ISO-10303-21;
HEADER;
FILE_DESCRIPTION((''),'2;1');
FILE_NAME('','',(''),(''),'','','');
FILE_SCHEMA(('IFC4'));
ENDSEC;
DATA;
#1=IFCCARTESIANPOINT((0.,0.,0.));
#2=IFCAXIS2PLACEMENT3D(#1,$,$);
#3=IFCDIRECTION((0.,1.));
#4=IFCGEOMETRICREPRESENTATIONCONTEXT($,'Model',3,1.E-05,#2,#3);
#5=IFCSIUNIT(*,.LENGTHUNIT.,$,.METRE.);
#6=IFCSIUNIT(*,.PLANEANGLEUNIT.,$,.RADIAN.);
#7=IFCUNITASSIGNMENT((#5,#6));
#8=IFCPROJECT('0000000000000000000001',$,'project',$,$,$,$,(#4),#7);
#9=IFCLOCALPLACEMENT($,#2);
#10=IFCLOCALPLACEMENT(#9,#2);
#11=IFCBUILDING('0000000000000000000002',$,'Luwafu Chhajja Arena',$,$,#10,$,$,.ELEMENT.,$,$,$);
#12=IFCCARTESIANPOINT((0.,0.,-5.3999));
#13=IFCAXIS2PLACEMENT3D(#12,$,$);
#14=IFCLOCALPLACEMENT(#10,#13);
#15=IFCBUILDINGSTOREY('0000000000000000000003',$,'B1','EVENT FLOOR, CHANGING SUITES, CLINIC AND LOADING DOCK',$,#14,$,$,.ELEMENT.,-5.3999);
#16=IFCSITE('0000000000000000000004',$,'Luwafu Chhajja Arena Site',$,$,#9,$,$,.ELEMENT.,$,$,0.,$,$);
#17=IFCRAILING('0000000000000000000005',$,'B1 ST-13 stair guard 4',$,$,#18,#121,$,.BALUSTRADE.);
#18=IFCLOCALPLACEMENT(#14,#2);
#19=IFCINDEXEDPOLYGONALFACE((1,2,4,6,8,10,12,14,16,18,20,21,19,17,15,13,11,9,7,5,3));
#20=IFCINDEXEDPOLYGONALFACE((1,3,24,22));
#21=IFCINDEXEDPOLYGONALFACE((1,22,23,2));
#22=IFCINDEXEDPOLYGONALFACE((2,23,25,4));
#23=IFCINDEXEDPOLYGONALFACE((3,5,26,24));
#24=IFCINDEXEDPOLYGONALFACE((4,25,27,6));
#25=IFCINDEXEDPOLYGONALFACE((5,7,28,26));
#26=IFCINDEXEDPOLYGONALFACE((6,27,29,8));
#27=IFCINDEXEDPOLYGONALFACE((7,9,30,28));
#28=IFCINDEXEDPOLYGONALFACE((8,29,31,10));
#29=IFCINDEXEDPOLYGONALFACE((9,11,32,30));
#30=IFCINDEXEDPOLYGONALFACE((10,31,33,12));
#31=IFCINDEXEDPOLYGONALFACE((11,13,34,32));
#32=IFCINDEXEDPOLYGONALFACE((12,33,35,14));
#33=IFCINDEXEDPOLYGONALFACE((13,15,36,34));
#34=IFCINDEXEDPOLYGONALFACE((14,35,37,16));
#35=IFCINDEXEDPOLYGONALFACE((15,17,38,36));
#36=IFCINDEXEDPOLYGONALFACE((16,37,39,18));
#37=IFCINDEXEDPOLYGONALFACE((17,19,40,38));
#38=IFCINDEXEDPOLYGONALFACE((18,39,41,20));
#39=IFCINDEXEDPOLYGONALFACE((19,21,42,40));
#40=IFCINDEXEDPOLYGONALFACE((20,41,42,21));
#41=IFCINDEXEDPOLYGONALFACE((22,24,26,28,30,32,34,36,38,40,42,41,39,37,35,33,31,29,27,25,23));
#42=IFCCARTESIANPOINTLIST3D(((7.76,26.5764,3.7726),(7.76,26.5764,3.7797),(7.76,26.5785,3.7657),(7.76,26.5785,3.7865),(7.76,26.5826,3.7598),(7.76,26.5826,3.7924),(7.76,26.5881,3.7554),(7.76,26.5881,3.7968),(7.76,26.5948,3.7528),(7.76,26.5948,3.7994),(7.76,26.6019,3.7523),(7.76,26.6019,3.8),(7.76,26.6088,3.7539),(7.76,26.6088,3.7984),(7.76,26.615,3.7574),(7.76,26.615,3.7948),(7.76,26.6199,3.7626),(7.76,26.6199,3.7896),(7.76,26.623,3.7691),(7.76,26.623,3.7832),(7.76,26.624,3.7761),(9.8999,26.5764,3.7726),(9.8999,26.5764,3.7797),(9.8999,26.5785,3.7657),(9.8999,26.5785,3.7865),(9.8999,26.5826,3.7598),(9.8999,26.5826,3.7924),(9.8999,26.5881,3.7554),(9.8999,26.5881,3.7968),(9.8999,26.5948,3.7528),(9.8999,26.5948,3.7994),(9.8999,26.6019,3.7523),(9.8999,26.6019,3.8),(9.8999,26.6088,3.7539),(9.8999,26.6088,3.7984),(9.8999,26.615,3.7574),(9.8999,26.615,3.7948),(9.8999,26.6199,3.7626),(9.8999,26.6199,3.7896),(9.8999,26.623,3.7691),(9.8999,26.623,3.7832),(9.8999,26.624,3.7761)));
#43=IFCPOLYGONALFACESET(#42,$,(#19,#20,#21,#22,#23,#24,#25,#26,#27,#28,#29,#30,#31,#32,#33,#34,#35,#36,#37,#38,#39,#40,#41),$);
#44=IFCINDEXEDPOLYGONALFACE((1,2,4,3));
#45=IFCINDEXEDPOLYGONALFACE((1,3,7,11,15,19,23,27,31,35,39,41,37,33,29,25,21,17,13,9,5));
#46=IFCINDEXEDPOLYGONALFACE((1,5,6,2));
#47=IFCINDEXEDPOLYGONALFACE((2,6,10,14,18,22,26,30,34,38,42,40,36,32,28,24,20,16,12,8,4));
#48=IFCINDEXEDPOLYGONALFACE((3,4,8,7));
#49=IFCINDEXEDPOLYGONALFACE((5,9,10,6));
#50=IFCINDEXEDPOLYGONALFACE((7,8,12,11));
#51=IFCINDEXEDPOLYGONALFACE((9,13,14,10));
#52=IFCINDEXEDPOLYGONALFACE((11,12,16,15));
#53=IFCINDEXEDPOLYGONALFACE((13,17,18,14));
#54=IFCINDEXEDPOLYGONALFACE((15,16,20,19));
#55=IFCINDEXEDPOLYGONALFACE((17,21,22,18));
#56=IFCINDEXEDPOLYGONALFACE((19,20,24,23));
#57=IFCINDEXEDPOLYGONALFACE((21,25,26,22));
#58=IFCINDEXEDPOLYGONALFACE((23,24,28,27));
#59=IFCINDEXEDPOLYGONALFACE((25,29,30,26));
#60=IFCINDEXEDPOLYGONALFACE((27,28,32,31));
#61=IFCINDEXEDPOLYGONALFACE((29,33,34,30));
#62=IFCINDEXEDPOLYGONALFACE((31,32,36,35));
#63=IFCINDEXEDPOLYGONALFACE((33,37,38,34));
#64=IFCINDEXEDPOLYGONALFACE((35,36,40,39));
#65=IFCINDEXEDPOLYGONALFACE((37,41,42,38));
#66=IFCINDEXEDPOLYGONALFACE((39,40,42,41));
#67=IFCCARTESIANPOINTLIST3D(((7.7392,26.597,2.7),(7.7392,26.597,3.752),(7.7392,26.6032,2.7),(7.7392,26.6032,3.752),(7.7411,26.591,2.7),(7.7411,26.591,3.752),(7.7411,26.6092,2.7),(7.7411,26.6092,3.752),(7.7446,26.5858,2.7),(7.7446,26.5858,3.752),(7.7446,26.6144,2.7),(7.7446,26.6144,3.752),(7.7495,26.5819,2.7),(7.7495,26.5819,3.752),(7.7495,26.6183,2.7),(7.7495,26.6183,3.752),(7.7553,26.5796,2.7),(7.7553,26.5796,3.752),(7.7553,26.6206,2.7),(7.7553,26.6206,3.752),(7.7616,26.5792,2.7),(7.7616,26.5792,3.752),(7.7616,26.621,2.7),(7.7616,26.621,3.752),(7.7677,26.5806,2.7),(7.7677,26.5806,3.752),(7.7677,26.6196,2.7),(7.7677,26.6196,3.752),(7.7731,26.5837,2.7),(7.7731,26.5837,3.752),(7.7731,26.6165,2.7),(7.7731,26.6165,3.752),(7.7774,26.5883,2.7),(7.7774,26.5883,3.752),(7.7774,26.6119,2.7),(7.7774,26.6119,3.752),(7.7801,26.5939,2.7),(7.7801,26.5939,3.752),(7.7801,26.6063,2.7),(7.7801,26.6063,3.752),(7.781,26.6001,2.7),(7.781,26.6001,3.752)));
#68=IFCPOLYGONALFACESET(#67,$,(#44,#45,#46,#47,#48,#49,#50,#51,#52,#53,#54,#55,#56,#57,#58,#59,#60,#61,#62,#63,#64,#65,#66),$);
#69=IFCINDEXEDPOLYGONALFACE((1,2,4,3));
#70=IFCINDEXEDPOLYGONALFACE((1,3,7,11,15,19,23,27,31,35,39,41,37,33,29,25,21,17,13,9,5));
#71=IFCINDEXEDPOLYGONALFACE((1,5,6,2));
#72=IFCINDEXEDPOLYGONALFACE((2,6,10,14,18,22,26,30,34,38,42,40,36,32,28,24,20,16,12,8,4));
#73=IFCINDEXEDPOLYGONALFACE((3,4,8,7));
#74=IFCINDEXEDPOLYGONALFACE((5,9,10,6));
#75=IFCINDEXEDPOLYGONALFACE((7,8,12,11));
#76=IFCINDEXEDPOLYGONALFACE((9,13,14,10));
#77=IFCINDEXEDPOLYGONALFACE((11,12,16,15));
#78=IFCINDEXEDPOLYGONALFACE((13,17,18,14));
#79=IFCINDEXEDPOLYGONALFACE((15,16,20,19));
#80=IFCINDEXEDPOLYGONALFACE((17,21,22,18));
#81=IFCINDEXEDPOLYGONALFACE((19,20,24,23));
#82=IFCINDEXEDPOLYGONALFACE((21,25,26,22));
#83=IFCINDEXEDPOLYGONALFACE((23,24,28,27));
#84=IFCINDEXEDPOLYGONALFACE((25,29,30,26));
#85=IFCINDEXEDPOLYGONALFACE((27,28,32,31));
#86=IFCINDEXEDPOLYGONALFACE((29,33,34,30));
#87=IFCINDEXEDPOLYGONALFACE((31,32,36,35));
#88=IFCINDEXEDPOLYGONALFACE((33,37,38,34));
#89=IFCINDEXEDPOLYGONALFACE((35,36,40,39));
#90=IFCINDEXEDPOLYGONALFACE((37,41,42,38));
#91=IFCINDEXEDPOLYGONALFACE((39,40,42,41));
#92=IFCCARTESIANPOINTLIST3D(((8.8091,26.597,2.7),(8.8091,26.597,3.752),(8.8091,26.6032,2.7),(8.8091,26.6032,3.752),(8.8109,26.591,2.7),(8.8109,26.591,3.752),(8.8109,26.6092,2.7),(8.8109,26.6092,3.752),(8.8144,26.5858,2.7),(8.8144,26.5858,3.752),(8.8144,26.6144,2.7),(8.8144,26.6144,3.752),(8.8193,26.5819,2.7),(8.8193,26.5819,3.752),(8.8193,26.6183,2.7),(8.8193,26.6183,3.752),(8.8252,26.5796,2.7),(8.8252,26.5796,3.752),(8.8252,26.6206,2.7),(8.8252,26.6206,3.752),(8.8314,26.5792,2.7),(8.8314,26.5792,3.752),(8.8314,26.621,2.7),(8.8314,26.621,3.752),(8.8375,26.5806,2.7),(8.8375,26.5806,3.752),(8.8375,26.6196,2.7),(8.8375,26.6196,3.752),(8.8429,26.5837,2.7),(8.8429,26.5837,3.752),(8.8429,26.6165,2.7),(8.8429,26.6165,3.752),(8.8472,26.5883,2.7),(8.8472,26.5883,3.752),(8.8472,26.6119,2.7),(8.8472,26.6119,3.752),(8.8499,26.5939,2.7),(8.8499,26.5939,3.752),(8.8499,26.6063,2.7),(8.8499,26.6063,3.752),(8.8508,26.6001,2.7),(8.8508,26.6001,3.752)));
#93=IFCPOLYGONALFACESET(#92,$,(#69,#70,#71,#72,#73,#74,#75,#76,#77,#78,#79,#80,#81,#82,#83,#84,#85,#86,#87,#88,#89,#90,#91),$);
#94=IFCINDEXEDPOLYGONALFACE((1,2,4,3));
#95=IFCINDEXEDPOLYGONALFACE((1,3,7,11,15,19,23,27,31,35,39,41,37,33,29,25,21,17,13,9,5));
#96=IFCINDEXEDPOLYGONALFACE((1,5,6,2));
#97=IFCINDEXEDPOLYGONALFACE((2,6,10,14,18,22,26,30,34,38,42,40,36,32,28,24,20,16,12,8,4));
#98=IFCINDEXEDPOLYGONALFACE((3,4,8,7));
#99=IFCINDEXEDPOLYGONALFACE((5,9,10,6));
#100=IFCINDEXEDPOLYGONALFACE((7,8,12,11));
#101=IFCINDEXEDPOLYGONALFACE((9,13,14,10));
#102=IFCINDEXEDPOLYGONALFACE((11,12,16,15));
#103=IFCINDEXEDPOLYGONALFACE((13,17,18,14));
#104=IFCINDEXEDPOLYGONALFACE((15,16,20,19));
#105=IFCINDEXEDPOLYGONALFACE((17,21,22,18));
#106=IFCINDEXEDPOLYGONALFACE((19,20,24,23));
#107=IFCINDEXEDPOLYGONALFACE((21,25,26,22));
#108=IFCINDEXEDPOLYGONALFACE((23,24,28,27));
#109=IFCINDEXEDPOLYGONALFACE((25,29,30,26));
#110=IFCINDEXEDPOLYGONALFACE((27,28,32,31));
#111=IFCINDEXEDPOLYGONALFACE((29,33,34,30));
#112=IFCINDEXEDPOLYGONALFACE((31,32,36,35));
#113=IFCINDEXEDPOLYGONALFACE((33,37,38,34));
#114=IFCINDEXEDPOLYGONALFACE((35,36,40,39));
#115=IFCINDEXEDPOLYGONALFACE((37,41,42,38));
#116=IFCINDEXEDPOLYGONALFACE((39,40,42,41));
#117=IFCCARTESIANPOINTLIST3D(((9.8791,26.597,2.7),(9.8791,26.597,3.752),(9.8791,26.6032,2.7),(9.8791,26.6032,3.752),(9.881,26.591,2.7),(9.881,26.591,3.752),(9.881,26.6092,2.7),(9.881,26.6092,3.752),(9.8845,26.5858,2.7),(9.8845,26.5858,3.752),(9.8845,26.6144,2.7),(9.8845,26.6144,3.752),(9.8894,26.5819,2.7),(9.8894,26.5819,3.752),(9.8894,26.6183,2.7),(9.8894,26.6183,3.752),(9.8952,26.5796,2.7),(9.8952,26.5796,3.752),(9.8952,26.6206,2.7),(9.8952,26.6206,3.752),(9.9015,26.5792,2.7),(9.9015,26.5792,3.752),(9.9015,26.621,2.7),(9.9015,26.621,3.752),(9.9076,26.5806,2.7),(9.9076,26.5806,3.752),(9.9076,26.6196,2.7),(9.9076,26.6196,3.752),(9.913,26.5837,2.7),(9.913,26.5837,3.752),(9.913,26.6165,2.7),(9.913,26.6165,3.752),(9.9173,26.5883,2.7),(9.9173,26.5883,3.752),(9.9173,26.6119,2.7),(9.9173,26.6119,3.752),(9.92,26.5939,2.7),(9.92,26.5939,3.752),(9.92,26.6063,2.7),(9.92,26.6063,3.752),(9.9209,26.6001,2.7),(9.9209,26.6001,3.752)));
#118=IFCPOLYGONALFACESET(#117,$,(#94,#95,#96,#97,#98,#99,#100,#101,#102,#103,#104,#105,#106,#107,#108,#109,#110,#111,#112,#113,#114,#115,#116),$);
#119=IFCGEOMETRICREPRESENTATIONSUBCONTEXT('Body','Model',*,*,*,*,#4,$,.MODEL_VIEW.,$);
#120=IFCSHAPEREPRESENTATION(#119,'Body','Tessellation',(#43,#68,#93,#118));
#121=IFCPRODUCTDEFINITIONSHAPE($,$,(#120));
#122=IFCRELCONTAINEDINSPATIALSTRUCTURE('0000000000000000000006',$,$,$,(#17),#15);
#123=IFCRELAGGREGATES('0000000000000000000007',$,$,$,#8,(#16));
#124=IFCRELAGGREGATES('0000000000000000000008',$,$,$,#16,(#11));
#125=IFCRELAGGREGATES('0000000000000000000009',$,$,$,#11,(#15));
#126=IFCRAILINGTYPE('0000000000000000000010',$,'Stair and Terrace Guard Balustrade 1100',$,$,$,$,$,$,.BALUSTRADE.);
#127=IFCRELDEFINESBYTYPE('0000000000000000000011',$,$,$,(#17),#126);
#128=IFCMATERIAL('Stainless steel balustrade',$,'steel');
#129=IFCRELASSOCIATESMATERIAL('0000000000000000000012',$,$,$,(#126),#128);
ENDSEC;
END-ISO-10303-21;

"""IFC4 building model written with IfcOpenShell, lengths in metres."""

from ifc_helpers import new_model, si_unit, direction, frame, origin, origin_2d, place, context, subcontext, project, spatial, circle, extrude, material, type_object, element, save


model = new_model("IFC4")

# Units and contexts
model_context = context("Model", 3, precision=1e-05, world=origin(), true_north=direction((0.0, 1.0)))
body_context = subcontext(model_context, "Body", "Model", "MODEL_VIEW")
ifc_project = project(units=[si_unit("LENGTHUNIT", "METRE"), si_unit("PLANEANGLEUNIT", "RADIAN")], contexts=[model_context])

# Site, building, storey
site_placement = place(None, origin())
site = spatial("IfcSite", under=ifc_project, at=site_placement, Name="Luwafu Chhajja Arena Site", CompositionType="ELEMENT", RefElevation=0.0)
building_placement = place(site_placement, origin())
building = spatial("IfcBuilding", under=site, at=building_placement, Name="Luwafu Chhajja Arena", CompositionType="ELEMENT")
storey_placement = place(building_placement, frame((0.0, 0.0, -5.3999)))
storey = spatial("IfcBuildingStorey", under=building, at=storey_placement, Name="B1", Description="EVENT FLOOR, CHANGING SUITES, CLINIC AND LOADING DOCK", CompositionType="ELEMENT", Elevation=-5.3999)

# Railing
ifc_material_1 = material(Name="Stainless steel balustrade", Category="steel")
railing_type_1 = type_object("IfcRailingType", Name="Stair and Terrace Guard Balustrade 1100", PredefinedType="BALUSTRADE", material=ifc_material_1)
for number, where, name in (
    (1, (7.76, 26.6001, 2.7), "B1 ST-13 stair guard 4"),
):
    element("IfcRailing", number, at=place(storey_placement, frame(where)), inside=storey, type_object=railing_type_1, Name=name, PredefinedType="BALUSTRADE", context=body_context, shape_type="SweptSolid", body=[
        extrude(circle(Radius=0.0239, at=origin_2d()), frame((0.0, 0.0, 1.0762), z_axis=(1.0, 0.0, 0.0), x_axis=(0.0, 1.0, 0.0)), (0.0, 0.0, 1.0), 2.1399),
        extrude(circle(Radius=0.021, at=origin_2d()), origin(), (0.0, 0.0, 1.0), 1.052),
        extrude(circle(Radius=0.021, at=origin_2d()), frame((1.0698, 0.0, 0.0)), (0.0, 0.0, 1.0), 1.052),
        extrude(circle(Radius=0.021, at=origin_2d()), frame((2.1399, 0.0, 0.0)), (0.0, 0.0, 1.0), 1.052),
    ])

save(model, "model.ifc")
